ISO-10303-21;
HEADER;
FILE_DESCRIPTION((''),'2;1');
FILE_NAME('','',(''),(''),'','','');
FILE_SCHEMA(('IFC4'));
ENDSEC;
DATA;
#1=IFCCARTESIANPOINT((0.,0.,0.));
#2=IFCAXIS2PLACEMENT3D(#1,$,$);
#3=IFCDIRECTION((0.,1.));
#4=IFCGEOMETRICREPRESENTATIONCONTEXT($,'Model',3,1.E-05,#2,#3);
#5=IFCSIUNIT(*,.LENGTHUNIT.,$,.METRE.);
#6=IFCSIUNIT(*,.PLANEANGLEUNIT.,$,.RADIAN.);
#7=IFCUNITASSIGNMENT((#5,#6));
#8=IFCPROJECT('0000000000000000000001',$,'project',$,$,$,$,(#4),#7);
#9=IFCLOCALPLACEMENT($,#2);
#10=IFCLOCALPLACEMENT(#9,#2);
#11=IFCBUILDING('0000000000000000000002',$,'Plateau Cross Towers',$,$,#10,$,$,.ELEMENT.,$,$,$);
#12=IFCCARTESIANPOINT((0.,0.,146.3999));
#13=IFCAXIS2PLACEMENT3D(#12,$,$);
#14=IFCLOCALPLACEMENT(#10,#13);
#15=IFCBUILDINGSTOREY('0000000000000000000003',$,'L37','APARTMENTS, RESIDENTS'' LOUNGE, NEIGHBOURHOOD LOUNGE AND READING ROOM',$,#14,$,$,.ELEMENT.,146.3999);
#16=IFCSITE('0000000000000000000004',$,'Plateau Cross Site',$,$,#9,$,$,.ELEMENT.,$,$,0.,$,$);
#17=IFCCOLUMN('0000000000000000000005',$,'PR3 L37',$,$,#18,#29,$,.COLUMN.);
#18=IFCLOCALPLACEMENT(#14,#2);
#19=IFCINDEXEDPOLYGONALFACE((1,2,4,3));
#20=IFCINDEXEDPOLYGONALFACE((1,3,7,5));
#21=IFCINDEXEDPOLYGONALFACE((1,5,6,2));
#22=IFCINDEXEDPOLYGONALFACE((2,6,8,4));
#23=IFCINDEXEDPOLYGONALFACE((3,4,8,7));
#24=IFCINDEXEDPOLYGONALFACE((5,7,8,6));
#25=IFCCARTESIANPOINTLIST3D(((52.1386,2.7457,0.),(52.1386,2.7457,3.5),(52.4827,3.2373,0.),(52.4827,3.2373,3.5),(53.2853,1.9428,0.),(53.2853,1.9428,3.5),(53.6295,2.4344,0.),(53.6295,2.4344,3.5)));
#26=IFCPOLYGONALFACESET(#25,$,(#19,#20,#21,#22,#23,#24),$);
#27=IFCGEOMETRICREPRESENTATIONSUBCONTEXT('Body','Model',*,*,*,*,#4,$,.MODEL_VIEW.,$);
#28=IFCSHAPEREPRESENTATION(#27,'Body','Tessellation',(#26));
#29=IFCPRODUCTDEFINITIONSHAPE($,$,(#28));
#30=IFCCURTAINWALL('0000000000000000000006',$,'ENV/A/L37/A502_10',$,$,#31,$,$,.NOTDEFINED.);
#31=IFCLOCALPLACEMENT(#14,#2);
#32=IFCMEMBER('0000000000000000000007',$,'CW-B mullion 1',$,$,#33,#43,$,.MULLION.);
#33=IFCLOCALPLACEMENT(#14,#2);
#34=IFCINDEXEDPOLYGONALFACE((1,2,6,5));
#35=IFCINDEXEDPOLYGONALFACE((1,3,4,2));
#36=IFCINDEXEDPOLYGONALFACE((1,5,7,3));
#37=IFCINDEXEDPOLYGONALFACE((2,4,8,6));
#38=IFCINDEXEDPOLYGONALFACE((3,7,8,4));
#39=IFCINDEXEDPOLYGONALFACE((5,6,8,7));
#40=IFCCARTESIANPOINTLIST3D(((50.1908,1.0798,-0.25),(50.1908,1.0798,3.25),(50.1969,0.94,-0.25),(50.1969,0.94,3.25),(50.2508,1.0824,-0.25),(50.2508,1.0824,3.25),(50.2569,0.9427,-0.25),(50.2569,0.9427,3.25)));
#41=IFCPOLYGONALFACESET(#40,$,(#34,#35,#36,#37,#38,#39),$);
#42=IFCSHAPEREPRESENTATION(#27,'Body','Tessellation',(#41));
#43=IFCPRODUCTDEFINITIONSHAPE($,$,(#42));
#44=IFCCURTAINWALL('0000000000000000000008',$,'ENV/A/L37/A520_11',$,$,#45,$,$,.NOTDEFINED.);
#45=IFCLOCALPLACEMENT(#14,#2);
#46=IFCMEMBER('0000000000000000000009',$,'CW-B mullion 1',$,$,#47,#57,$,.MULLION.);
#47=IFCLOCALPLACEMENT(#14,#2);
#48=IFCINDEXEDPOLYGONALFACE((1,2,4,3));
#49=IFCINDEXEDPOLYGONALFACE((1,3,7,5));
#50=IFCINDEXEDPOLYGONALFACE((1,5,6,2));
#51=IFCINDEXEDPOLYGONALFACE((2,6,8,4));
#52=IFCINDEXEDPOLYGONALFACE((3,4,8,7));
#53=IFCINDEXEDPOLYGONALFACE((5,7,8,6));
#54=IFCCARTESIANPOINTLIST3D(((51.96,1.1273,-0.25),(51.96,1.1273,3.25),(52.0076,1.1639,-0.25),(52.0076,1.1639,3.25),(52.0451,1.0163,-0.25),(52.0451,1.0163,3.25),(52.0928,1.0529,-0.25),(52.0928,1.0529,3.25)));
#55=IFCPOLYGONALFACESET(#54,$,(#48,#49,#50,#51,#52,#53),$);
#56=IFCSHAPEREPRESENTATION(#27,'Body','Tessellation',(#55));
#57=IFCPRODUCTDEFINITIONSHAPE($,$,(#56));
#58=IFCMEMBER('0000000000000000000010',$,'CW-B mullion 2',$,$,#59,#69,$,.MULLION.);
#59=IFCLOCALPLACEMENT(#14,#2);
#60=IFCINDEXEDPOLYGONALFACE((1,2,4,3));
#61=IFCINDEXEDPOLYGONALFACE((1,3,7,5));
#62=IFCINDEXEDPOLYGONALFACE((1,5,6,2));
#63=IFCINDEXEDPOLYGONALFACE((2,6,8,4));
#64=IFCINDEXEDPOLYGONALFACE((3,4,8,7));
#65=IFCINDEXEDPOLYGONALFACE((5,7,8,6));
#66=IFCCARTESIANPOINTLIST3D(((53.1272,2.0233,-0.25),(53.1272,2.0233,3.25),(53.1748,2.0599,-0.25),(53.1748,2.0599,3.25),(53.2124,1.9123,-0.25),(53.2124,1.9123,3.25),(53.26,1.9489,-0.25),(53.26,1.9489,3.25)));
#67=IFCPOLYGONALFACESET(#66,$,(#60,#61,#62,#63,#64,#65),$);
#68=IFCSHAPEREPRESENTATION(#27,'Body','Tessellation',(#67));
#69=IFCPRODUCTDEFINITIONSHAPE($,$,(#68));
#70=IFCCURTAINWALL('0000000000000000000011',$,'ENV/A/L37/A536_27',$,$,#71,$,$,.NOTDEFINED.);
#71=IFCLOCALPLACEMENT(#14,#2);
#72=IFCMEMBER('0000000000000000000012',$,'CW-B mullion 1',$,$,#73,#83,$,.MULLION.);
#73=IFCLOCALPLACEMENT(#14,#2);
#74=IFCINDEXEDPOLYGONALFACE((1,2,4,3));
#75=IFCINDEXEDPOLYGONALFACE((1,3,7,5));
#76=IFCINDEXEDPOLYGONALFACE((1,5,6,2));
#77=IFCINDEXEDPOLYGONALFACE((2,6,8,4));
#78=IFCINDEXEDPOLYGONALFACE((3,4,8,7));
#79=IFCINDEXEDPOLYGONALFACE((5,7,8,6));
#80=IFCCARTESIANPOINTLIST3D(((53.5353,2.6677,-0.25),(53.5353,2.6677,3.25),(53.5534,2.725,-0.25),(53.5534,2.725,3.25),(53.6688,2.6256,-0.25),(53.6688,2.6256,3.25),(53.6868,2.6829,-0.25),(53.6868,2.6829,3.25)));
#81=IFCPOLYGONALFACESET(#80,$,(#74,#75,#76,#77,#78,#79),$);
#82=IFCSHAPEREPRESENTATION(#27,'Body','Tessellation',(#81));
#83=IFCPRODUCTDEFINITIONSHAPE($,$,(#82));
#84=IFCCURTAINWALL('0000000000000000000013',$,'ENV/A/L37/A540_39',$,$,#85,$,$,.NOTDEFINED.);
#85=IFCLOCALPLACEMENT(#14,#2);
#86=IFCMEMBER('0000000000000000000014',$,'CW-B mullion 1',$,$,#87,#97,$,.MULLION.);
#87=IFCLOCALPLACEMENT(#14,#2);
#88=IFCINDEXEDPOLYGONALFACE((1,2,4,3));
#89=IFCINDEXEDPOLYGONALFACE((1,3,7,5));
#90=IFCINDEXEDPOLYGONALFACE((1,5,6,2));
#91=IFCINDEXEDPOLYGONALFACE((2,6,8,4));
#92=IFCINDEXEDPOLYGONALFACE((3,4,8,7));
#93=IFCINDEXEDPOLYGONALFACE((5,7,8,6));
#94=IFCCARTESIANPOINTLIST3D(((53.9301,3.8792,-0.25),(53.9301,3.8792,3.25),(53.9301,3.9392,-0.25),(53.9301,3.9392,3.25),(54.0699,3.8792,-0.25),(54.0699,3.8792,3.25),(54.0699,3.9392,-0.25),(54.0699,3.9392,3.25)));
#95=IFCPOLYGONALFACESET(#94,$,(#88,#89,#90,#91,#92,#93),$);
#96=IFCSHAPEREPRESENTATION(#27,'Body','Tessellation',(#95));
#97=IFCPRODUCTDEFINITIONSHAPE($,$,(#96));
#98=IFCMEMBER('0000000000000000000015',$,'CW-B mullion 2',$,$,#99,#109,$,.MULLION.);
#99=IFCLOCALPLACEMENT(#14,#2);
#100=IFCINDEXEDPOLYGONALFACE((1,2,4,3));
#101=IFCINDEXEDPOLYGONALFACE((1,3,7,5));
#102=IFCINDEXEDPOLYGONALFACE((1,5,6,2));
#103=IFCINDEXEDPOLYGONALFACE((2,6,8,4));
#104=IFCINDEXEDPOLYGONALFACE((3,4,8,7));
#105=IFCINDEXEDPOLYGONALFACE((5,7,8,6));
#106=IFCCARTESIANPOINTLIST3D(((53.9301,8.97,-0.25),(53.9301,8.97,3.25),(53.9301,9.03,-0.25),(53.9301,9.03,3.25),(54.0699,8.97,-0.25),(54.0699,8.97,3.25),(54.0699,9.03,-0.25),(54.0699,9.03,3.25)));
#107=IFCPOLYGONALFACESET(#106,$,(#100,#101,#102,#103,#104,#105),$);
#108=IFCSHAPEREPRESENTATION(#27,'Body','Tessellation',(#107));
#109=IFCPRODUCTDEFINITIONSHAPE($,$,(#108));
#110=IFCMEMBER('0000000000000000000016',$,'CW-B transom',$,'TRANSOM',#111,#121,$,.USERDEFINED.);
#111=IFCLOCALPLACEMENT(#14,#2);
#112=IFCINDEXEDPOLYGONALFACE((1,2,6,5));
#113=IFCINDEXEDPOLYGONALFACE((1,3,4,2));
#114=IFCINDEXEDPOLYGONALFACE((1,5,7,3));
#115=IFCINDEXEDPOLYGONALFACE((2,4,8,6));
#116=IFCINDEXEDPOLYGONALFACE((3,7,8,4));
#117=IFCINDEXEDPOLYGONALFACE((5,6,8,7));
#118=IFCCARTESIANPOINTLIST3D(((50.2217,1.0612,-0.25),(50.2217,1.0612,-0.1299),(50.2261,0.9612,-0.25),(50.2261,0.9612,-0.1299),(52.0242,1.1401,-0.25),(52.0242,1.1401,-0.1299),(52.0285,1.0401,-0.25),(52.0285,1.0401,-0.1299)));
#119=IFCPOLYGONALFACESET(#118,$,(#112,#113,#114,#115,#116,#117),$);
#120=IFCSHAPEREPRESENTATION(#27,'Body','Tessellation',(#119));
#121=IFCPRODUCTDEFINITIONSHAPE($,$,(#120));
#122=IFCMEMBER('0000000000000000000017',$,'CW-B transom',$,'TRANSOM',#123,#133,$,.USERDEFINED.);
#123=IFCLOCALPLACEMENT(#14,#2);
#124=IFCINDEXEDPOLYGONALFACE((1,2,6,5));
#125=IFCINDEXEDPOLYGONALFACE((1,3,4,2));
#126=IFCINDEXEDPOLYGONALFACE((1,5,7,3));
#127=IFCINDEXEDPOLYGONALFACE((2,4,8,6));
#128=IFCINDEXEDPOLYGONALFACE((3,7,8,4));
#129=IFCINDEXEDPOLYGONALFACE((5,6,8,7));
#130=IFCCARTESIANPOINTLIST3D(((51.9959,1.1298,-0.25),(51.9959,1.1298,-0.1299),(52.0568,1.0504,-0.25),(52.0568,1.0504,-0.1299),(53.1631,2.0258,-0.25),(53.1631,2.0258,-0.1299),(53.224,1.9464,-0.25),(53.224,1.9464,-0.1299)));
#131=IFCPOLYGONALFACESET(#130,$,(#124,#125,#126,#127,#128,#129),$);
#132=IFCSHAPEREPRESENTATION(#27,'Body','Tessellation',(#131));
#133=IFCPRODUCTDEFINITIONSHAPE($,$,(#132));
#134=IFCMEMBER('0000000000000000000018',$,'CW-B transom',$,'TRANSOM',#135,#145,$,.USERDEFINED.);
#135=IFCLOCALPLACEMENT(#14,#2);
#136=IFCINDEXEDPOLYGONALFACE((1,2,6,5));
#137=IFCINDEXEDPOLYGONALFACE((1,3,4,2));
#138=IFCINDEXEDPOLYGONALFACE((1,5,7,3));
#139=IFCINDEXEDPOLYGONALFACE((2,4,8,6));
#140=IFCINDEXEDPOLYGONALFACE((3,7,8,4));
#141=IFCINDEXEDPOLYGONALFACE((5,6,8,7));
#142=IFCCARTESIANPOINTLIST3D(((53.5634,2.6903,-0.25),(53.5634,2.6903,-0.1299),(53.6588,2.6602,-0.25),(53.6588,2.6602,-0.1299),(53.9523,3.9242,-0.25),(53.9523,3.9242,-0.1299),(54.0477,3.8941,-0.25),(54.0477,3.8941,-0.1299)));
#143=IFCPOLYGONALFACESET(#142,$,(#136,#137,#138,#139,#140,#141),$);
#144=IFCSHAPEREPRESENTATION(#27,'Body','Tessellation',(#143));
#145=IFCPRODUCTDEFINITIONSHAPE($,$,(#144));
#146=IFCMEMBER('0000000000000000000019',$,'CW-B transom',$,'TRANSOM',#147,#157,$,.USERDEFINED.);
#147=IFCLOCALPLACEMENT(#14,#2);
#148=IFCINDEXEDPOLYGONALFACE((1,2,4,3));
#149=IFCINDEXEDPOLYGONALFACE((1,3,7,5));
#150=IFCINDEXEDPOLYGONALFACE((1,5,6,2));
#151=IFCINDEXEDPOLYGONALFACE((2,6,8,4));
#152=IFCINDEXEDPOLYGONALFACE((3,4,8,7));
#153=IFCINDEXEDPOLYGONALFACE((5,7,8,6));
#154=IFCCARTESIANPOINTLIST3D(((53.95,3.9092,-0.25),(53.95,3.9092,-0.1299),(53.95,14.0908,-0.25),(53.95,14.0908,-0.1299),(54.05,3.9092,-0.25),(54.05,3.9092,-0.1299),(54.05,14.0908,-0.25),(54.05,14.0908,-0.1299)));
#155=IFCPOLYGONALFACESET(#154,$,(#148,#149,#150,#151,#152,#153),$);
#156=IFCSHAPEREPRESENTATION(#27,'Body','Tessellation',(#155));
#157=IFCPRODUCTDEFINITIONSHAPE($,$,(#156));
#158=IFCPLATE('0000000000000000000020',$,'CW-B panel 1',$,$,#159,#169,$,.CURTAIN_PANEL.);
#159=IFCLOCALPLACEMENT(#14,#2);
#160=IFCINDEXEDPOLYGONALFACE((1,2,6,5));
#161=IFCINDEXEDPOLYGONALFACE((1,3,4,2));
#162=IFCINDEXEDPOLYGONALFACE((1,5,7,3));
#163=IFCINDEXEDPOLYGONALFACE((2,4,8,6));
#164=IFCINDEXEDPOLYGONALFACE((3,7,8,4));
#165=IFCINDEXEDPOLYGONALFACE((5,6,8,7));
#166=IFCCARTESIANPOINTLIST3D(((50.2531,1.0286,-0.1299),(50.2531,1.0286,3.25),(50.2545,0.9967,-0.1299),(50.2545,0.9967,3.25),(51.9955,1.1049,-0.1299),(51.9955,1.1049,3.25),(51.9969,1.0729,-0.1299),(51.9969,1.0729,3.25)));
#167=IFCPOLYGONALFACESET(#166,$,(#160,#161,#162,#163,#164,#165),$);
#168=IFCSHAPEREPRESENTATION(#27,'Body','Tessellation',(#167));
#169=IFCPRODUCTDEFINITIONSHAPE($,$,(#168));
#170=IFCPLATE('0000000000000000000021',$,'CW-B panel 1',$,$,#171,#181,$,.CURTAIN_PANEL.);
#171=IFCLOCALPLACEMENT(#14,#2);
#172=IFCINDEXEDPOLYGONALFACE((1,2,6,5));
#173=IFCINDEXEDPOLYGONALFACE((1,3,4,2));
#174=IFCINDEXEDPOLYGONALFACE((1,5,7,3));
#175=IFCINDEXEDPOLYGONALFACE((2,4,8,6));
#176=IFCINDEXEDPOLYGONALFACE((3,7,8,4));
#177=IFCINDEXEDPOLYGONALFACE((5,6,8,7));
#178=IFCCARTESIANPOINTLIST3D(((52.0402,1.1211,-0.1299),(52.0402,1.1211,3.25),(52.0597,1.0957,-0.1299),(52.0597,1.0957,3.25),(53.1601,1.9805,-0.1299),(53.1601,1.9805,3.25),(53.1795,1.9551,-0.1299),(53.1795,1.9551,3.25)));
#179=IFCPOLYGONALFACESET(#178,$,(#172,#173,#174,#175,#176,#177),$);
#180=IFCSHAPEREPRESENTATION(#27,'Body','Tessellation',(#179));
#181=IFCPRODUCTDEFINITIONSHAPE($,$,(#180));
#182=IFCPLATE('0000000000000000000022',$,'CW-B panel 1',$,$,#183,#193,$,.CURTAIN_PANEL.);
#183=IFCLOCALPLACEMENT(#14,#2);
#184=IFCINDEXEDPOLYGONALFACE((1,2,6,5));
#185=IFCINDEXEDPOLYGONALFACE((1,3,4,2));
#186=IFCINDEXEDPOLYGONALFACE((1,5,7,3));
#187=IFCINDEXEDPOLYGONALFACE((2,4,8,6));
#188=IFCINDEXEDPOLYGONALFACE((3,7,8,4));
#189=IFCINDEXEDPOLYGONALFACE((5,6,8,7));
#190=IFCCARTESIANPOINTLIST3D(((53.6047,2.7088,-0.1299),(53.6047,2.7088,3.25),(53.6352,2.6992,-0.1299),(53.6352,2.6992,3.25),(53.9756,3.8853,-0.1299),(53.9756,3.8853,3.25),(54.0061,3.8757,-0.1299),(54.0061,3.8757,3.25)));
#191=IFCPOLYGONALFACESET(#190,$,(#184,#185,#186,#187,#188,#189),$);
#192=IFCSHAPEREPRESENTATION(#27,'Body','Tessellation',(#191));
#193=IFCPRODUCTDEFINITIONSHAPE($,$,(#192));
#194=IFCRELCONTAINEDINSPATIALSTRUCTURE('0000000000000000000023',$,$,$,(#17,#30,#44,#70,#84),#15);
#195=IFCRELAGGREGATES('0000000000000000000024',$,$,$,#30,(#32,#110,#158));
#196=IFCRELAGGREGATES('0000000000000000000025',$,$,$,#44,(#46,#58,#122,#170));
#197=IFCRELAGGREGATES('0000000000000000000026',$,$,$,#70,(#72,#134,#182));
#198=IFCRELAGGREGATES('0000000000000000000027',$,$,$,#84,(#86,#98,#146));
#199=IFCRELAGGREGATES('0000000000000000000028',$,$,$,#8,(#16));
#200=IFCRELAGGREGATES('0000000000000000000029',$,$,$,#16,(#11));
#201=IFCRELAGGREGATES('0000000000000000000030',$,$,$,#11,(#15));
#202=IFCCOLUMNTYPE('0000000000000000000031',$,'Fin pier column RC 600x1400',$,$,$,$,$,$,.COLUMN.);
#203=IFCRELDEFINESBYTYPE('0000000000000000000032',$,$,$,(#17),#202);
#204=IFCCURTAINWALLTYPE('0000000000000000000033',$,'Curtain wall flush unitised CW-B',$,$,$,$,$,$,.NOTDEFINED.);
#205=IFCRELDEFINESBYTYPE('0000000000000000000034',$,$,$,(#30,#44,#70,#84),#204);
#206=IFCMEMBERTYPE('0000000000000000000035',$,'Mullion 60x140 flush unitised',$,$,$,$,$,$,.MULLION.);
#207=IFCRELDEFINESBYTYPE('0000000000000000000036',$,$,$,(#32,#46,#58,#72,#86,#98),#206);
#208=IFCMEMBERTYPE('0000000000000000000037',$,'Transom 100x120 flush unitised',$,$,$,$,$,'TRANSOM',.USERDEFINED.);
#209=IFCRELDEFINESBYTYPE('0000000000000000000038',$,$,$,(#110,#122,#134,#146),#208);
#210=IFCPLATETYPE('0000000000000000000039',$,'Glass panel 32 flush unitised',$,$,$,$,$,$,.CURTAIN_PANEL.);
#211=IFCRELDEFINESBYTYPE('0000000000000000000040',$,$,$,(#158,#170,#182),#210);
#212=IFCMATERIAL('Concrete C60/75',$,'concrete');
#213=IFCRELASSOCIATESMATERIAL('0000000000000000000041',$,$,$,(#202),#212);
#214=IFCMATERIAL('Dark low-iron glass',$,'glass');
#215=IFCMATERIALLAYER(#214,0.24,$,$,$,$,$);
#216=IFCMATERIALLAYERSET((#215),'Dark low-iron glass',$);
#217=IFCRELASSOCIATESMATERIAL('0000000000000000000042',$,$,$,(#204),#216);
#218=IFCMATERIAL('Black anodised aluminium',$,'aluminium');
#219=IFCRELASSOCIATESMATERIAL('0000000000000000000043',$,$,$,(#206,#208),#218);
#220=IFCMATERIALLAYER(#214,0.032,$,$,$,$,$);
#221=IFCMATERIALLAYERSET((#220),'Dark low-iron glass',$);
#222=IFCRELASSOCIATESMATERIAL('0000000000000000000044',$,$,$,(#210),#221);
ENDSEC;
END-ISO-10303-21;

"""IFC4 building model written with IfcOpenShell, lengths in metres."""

from ifc_helpers import new_model, si_unit, direction, frame, origin, origin_2d, place, context, subcontext, project, spatial, rectangle, extrude, material, layer, layer_set, material_profile, profile_set, type_object, element, aggregate, save


model = new_model("IFC4")

# Units and contexts
model_context = context("Model", 3, precision=1e-05, world=origin(), true_north=direction((0.0, 1.0)))
body_context = subcontext(model_context, "Body", "Model", "MODEL_VIEW")
ifc_project = project(units=[si_unit("LENGTHUNIT", "METRE"), si_unit("PLANEANGLEUNIT", "RADIAN")], contexts=[model_context])

# Site, building, storey
site_placement = place(None, origin())
site = spatial("IfcSite", under=ifc_project, at=site_placement, Name="Plateau Cross Site", CompositionType="ELEMENT", RefElevation=0.0)
building_placement = place(site_placement, origin())
building = spatial("IfcBuilding", under=site, at=building_placement, Name="Plateau Cross Towers", CompositionType="ELEMENT")
storey_placement = place(building_placement, frame((0.0, 0.0, 146.3999)))
storey = spatial("IfcBuildingStorey", under=building, at=storey_placement, Name="L37", Description="APARTMENTS, RESIDENTS' LOUNGE, NEIGHBOURHOOD LOUNGE AND READING ROOM", CompositionType="ELEMENT", Elevation=146.3999)

# Column
ifc_material_1 = material(Name="Concrete C60/75", Category="concrete")
ifc_material_profile_1 = material_profile(ifc_material_1, rectangle(XDim=0.6001, YDim=1.3999, at=origin_2d()), Name="RC 600x1400")
ifc_profile_set_1 = profile_set([ifc_material_profile_1], Name="Concrete C60/75")
column_type = type_object("IfcColumnType", Name="Fin pier column RC 600x1400", PredefinedType="COLUMN", material=ifc_profile_set_1)
column_placement = place(storey_placement, frame((52.884, 2.5901, 0.0), z_axis=(0.0, 0.0, 1.0), x_axis=(0.573543, 0.819176, 0.0)))
element("IfcColumn", 1, at=column_placement, inside=storey, type_object=column_type, Name="PR3 L37", PredefinedType="COLUMN", context=body_context, shape_type="SweptSolid", body=[
    extrude(rectangle(XDim=0.6001, YDim=1.3999, at=origin_2d()), origin(), (0.0, 0.0, 1.0), 3.5),
])

# Curtain wall, member
ifc_material_2 = material(Name="Dark low-iron glass", Category="glass")
ifc_layer_1 = layer(ifc_material_2, 0.24)
ifc_layer_set_1 = layer_set([ifc_layer_1], Name="Dark low-iron glass")
curtain_wall_type_1 = type_object("IfcCurtainWallType", Name="Curtain wall flush unitised CW-B", PredefinedType="NOTDEFINED", material=ifc_layer_set_1)
curtain_wall_1_placement = place(storey_placement, origin())
curtain_wall_1 = element("IfcCurtainWall", 2, at=curtain_wall_1_placement, inside=storey, type_object=curtain_wall_type_1, Name="ENV/A/L37/A502_10", PredefinedType="NOTDEFINED")
ifc_material_3 = material(Name="Black anodised aluminium", Category="aluminium")
ifc_material_profile_2 = material_profile(ifc_material_3, rectangle(XDim=0.0601, YDim=0.1399, at=origin_2d()), Name="MULLION 60x140")
ifc_profile_set_2 = profile_set([ifc_material_profile_2], Name="Black anodised aluminium")
member_type_1 = type_object("IfcMemberType", Name="Mullion 60x140 flush unitised", PredefinedType="MULLION", material=ifc_profile_set_2)
member_1_placement = place(storey_placement, frame((50.2239, 1.0112, -0.25), z_axis=(0.0, 0.0, 1.0), x_axis=(0.999044, 0.043723, 0.0)))
member_1 = element("IfcMember", 3, at=member_1_placement, type_object=member_type_1, Name="CW-B mullion 1", PredefinedType="MULLION", context=body_context, shape_type="SweptSolid", body=[
    extrude(rectangle(XDim=0.0601, YDim=0.1399, at=origin_2d()), origin(), (0.0, 0.0, 1.0), 3.5),
])

# Curtain wall, members
curtain_wall_2_placement = place(storey_placement, origin())
curtain_wall_2 = element("IfcCurtainWall", 4, at=curtain_wall_2_placement, inside=storey, type_object=curtain_wall_type_1, Name="ENV/A/L37/A520_11", PredefinedType="NOTDEFINED")
member_2_placement = place(storey_placement, frame((52.0264, 1.0901, -0.25), z_axis=(0.0, 0.0, 1.0), x_axis=(0.793316, 0.608811, 0.0)))
member_2 = element("IfcMember", 5, at=member_2_placement, type_object=member_type_1, Name="CW-B mullion 1", PredefinedType="MULLION", context=body_context, shape_type="SweptSolid", body=[
    extrude(rectangle(XDim=0.0601, YDim=0.1399, at=origin_2d()), origin(), (0.0, 0.0, 1.0), 3.5),
])
member_3_placement = place(storey_placement, frame((53.1936, 1.9861, -0.25), z_axis=(0.0, 0.0, 1.0), x_axis=(0.793316, 0.608811, 0.0)))
member_3 = element("IfcMember", 6, at=member_3_placement, type_object=member_type_1, Name="CW-B mullion 2", PredefinedType="MULLION", context=body_context, shape_type="SweptSolid", body=[
    extrude(rectangle(XDim=0.0601, YDim=0.1399, at=origin_2d()), origin(), (0.0, 0.0, 1.0), 3.5),
])

# Curtain wall, member
curtain_wall_3_placement = place(storey_placement, origin())
curtain_wall_3 = element("IfcCurtainWall", 7, at=curtain_wall_3_placement, inside=storey, type_object=curtain_wall_type_1, Name="ENV/A/L37/A536_27", PredefinedType="NOTDEFINED")
member_4_placement = place(storey_placement, frame((53.6111, 2.6753, -0.25), z_axis=(0.0, 0.0, 1.0), x_axis=(0.300686, 0.953723, 0.0)))
member_4 = element("IfcMember", 8, at=member_4_placement, type_object=member_type_1, Name="CW-B mullion 1", PredefinedType="MULLION", context=body_context, shape_type="SweptSolid", body=[
    extrude(rectangle(XDim=0.0601, YDim=0.1399, at=origin_2d()), origin(), (0.0, 0.0, 1.0), 3.5),
])

# Curtain wall, members
curtain_wall_4_placement = place(storey_placement, origin())
curtain_wall_4 = element("IfcCurtainWall", 9, at=curtain_wall_4_placement, inside=storey, type_object=curtain_wall_type_1, Name="ENV/A/L37/A540_39", PredefinedType="NOTDEFINED")
member_5_placement = place(storey_placement, frame((54.0, 3.9092, -0.25), z_axis=(0.0, 0.0, 1.0), x_axis=(0.0, 1.0, 0.0)))
member_5 = element("IfcMember", 10, at=member_5_placement, type_object=member_type_1, Name="CW-B mullion 1", PredefinedType="MULLION", context=body_context, shape_type="SweptSolid", body=[
    extrude(rectangle(XDim=0.0601, YDim=0.1399, at=origin_2d()), origin(), (0.0, 0.0, 1.0), 3.5),
])
member_6_placement = place(storey_placement, frame((54.0, 9.0, -0.25), z_axis=(0.0, 0.0, 1.0), x_axis=(0.0, 1.0, 0.0)))
member_6 = element("IfcMember", 11, at=member_6_placement, type_object=member_type_1, Name="CW-B mullion 2", PredefinedType="MULLION", context=body_context, shape_type="SweptSolid", body=[
    extrude(rectangle(XDim=0.0601, YDim=0.1399, at=origin_2d()), origin(), (0.0, 0.0, 1.0), 3.5),
])

# Members
ifc_material_profile_3 = material_profile(ifc_material_3, rectangle(XDim=0.1001, YDim=0.1201, at=origin_2d()), Name="TRANSOM 100x120")
ifc_profile_set_3 = profile_set([ifc_material_profile_3], Name="Black anodised aluminium")
member_type_2 = type_object("IfcMemberType", Name="Transom 100x120 flush unitised", ElementType="TRANSOM", PredefinedType="USERDEFINED", material=ifc_profile_set_3)
member_7_placement = place(storey_placement, frame((50.2239, 1.0112, -0.1899), z_axis=(0.999044, 0.043707, 0.0), x_axis=(-0.043707, 0.999044, 0.0)))
member_7 = element("IfcMember", 12, at=member_7_placement, type_object=member_type_2, Name="CW-B transom", ObjectType="TRANSOM", PredefinedType="USERDEFINED", context=body_context, shape_type="SweptSolid", body=[
    extrude(rectangle(XDim=0.1001, YDim=0.1201, at=origin_2d()), origin(), (0.0, 0.0, 1.0), 1.8042),
])
member_8_placement = place(storey_placement, frame((52.0264, 1.0901, -0.1899), z_axis=(0.79324, 0.608909, 0.0), x_axis=(-0.608909, 0.79324, 0.0)))
member_8 = element("IfcMember", 13, at=member_8_placement, type_object=member_type_2, Name="CW-B transom", ObjectType="TRANSOM", PredefinedType="USERDEFINED", context=body_context, shape_type="SweptSolid", body=[
    extrude(rectangle(XDim=0.1001, YDim=0.1201, at=origin_2d()), origin(), (0.0, 0.0, 1.0), 1.4714),
])
member_9_placement = place(storey_placement, frame((53.6111, 2.6753, -0.1899), z_axis=(0.300617, 0.953745, 0.0), x_axis=(-0.953745, 0.300617, 0.0)))
member_9 = element("IfcMember", 14, at=member_9_placement, type_object=member_type_2, Name="CW-B transom", ObjectType="TRANSOM", PredefinedType="USERDEFINED", context=body_context, shape_type="SweptSolid", body=[
    extrude(rectangle(XDim=0.1001, YDim=0.1201, at=origin_2d()), origin(), (0.0, 0.0, 1.0), 1.2937),
])
member_10_placement = place(storey_placement, frame((54.0, 3.9092, -0.1899), z_axis=(0.0, 1.0, 0.0), x_axis=(-1.0, 0.0, 0.0)))
member_10 = element("IfcMember", 15, at=member_10_placement, type_object=member_type_2, Name="CW-B transom", ObjectType="TRANSOM", PredefinedType="USERDEFINED", context=body_context, shape_type="SweptSolid", body=[
    extrude(rectangle(XDim=0.1001, YDim=0.1201, at=origin_2d()), origin(), (0.0, 0.0, 1.0), 10.1816),
])

# Plates
ifc_layer_2 = layer(ifc_material_2, 0.032)
ifc_layer_set_2 = layer_set([ifc_layer_2], Name="Dark low-iron glass")
plate_type_1 = type_object("IfcPlateType", Name="Glass panel 32 flush unitised", PredefinedType="CURTAIN_PANEL", material=ifc_layer_set_2)
plate_1_placement = place(storey_placement, frame((51.125, 1.0508, -0.1299), z_axis=(0.0, 0.0, 1.0), x_axis=(0.999044, 0.043723, 0.0)))
plate_1 = element("IfcPlate", 16, at=plate_1_placement, type_object=plate_type_1, Name="CW-B panel 1", PredefinedType="CURTAIN_PANEL", context=body_context, shape_type="SweptSolid", body=[
    extrude(rectangle(XDim=1.7441, YDim=0.032, at=origin_2d()), origin(), (0.0, 0.0, 1.0), 3.3799),
])
aggregate(curtain_wall_1, [member_1, member_7, plate_1])
plate_2_placement = place(storey_placement, frame((52.6099, 1.5381, -0.1299), z_axis=(0.0, 0.0, 1.0), x_axis=(0.793316, 0.608811, 0.0)))
plate_2 = element("IfcPlate", 17, at=plate_2_placement, type_object=plate_type_1, Name="CW-B panel 1", PredefinedType="CURTAIN_PANEL", context=body_context, shape_type="SweptSolid", body=[
    extrude(rectangle(XDim=1.4116, YDim=0.032, at=origin_2d()), origin(), (0.0, 0.0, 1.0), 3.3799),
])
aggregate(curtain_wall_2, [member_2, member_3, member_8, plate_2])
plate_3_placement = place(storey_placement, frame((53.8054, 3.2922, -0.1299), z_axis=(0.0, 0.0, 1.0), x_axis=(0.300686, 0.953723, 0.0)))
plate_3 = element("IfcPlate", 18, at=plate_3_placement, type_object=plate_type_1, Name="CW-B panel 1", PredefinedType="CURTAIN_PANEL", context=body_context, shape_type="SweptSolid", body=[
    extrude(rectangle(XDim=1.2336, YDim=0.032, at=origin_2d()), origin(), (0.0, 0.0, 1.0), 3.3799),
])
aggregate(curtain_wall_3, [member_4, member_9, plate_3])
aggregate(curtain_wall_4, [member_5, member_6, member_10])

save(model, "model.ifc")
